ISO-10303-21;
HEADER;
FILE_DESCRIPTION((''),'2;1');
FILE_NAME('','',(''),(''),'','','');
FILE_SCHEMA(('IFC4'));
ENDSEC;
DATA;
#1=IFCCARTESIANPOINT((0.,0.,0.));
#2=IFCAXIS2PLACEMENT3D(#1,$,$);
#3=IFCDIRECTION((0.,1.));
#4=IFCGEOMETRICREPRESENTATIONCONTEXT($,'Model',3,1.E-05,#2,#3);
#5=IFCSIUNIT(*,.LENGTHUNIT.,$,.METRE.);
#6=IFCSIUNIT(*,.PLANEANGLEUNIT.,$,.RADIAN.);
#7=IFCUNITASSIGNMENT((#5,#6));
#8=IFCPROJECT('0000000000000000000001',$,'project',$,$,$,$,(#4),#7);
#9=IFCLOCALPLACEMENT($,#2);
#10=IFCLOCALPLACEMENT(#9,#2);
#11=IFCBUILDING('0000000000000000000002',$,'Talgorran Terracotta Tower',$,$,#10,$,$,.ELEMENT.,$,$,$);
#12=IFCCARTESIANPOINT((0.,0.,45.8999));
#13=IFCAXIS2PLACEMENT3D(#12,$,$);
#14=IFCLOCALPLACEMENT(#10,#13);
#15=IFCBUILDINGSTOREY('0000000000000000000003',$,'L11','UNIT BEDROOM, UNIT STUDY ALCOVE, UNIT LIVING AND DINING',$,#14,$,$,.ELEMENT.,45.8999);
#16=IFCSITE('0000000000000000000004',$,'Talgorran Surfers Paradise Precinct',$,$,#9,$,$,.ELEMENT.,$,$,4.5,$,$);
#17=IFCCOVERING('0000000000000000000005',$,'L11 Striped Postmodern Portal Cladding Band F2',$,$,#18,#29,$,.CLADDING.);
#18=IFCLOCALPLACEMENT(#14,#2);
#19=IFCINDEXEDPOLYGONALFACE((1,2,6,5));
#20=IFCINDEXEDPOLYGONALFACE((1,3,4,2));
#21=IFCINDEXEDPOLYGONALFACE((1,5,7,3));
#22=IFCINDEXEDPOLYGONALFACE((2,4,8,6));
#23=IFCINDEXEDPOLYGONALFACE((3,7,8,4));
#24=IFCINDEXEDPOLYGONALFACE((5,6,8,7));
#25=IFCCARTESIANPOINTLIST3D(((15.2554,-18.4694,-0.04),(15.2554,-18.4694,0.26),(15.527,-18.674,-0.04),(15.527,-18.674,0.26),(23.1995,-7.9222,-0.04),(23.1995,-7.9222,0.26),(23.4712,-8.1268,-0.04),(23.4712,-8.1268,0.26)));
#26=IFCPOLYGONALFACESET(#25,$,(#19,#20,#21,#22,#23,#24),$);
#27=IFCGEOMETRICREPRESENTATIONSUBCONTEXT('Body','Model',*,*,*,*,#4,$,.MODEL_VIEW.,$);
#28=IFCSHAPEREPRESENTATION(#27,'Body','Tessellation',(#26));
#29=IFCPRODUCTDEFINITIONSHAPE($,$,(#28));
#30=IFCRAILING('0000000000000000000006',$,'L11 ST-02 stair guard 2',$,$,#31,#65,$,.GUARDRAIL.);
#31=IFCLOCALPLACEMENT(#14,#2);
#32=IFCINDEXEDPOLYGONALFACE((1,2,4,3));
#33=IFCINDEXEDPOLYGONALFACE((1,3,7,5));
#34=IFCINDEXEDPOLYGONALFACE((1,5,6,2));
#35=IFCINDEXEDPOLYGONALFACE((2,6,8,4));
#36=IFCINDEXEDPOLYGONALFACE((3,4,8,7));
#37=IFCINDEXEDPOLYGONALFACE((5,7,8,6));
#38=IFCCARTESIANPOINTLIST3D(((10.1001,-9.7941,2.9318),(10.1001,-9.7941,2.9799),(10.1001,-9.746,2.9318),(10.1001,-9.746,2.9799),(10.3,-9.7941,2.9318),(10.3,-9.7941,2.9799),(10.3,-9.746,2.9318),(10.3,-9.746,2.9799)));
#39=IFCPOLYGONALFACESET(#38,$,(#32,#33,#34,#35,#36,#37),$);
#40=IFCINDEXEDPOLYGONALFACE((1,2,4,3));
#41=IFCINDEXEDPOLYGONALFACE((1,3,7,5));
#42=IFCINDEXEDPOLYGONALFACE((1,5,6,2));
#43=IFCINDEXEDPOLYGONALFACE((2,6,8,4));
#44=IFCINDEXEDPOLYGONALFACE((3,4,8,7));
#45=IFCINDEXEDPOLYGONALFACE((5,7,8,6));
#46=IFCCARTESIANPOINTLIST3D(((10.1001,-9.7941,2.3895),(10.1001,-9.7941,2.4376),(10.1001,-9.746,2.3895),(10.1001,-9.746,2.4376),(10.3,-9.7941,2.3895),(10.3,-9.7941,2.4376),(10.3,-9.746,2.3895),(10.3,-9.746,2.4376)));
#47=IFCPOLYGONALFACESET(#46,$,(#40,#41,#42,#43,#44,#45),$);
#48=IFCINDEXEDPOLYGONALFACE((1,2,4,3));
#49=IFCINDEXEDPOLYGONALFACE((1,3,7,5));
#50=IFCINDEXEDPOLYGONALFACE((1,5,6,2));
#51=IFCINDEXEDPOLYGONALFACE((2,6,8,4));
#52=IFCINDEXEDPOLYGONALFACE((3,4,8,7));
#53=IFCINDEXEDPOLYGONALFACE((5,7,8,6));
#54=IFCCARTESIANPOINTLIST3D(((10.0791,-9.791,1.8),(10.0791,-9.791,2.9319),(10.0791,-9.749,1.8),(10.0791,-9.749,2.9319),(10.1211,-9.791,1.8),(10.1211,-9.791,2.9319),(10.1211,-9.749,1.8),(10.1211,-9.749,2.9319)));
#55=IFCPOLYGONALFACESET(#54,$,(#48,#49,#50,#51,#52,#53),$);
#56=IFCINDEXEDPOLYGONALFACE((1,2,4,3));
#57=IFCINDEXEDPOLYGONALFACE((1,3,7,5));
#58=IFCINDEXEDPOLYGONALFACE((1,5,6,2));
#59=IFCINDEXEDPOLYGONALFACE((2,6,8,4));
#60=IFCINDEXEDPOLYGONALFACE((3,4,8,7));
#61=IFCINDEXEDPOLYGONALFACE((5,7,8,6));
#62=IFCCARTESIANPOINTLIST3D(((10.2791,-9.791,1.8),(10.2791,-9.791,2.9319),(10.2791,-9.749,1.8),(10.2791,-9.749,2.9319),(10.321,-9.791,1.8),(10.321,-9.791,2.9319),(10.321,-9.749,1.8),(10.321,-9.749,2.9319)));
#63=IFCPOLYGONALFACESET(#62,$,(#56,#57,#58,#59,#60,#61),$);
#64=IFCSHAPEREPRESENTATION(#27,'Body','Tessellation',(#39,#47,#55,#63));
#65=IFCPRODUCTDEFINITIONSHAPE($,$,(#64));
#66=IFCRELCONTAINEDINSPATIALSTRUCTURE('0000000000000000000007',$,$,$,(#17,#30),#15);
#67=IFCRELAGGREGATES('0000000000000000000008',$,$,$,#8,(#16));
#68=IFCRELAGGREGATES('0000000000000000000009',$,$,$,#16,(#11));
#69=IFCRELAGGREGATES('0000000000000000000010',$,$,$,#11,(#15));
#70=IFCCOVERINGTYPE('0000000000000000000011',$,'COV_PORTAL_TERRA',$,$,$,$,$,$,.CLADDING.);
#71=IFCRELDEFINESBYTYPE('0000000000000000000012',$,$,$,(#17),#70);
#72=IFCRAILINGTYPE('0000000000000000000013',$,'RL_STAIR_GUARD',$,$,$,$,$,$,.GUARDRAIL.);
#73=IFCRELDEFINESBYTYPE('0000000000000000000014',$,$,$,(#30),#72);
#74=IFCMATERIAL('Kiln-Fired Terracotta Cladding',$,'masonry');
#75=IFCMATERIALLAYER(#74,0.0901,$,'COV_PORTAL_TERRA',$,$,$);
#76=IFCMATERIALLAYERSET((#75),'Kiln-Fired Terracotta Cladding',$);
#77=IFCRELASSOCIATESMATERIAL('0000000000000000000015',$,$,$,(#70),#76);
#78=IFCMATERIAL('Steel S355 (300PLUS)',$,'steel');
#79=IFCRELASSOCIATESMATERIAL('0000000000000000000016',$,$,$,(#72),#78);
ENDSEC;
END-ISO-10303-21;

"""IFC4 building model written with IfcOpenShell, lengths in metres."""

from ifc_helpers import new_model, si_unit, direction, frame, origin, origin_2d, place, context, subcontext, project, spatial, rectangle, extrude, material, layer, layer_set, type_object, element, save


model = new_model("IFC4")

# Units and contexts
model_context = context("Model", 3, precision=1e-05, world=origin(), true_north=direction((0.0, 1.0)))
body_context = subcontext(model_context, "Body", "Model", "MODEL_VIEW")
ifc_project = project(units=[si_unit("LENGTHUNIT", "METRE"), si_unit("PLANEANGLEUNIT", "RADIAN")], contexts=[model_context])

# Site, building, storey
site_placement = place(None, origin())
site = spatial("IfcSite", under=ifc_project, at=site_placement, Name="Talgorran Surfers Paradise Precinct", CompositionType="ELEMENT", RefElevation=4.5)
building_placement = place(site_placement, origin())
building = spatial("IfcBuilding", under=site, at=building_placement, Name="Talgorran Terracotta Tower", CompositionType="ELEMENT")
storey_placement = place(building_placement, frame((0.0, 0.0, 45.8999)))
storey = spatial("IfcBuildingStorey", under=building, at=storey_placement, Name="L11", Description="UNIT BEDROOM, UNIT STUDY ALCOVE, UNIT LIVING AND DINING", CompositionType="ELEMENT", Elevation=45.8999)

# Shared definitions
ifc_material_1 = material(Name="Steel S355 (300PLUS)", Category="steel")

# Covering
ifc_material_2 = material(Name="Kiln-Fired Terracotta Cladding", Category="masonry")
ifc_layer_1 = layer(ifc_material_2, 0.0901, Name="COV_PORTAL_TERRA")
ifc_layer_set_1 = layer_set([ifc_layer_1], Name="Kiln-Fired Terracotta Cladding")
covering_type_1 = type_object("IfcCoveringType", Name="COV_PORTAL_TERRA", PredefinedType="CLADDING", material=ifc_layer_set_1)
covering_1_placement = place(storey_placement, frame((19.3633, -13.2981, -0.04), z_axis=(0.0, 0.0, 1.0), x_axis=(0.601634, 0.798772, 0.0)))
element("IfcCovering", 1, at=covering_1_placement, inside=storey, type_object=covering_type_1, Name="L11 Striped Postmodern Portal Cladding Band F2", PredefinedType="CLADDING", context=body_context, shape_type="SweptSolid", body=[
    extrude(rectangle(XDim=13.2043, YDim=0.3401, at=origin_2d()), origin(), (0.0, 0.0, 1.0), 0.3),
])

# Railing
railing_type = type_object("IfcRailingType", Name="RL_STAIR_GUARD", PredefinedType="GUARDRAIL", material=ifc_material_1)
railing_placement = place(storey_placement, frame((10.1001, -9.77, 1.8)))
element("IfcRailing", 2, at=railing_placement, inside=storey, type_object=railing_type, Name="L11 ST-02 stair guard 2", PredefinedType="GUARDRAIL", context=body_context, shape_type="SweptSolid", body=[
    extrude(rectangle(XDim=0.0481, YDim=0.0481, at=origin_2d()), frame((0.0, 0.0, 1.1558), z_axis=(1.0, 0.0, 0.0), x_axis=(0.0, 1.0, 0.0)), (0.0, 0.0, 1.0), 0.2),
    extrude(rectangle(XDim=0.0481, YDim=0.0481, at=origin_2d()), frame((0.0, 0.0, 0.6135), z_axis=(1.0, 0.0, 0.0), x_axis=(0.0, 1.0, 0.0)), (0.0, 0.0, 1.0), 0.2),
    extrude(rectangle(XDim=0.042, YDim=0.042, at=origin_2d()), origin(), (0.0, 0.0, 1.0), 1.1318),
    extrude(rectangle(XDim=0.042, YDim=0.042, at=origin_2d()), frame((0.2, 0.0, 0.0)), (0.0, 0.0, 1.0), 1.1318),
])

save(model, "model.ifc")
